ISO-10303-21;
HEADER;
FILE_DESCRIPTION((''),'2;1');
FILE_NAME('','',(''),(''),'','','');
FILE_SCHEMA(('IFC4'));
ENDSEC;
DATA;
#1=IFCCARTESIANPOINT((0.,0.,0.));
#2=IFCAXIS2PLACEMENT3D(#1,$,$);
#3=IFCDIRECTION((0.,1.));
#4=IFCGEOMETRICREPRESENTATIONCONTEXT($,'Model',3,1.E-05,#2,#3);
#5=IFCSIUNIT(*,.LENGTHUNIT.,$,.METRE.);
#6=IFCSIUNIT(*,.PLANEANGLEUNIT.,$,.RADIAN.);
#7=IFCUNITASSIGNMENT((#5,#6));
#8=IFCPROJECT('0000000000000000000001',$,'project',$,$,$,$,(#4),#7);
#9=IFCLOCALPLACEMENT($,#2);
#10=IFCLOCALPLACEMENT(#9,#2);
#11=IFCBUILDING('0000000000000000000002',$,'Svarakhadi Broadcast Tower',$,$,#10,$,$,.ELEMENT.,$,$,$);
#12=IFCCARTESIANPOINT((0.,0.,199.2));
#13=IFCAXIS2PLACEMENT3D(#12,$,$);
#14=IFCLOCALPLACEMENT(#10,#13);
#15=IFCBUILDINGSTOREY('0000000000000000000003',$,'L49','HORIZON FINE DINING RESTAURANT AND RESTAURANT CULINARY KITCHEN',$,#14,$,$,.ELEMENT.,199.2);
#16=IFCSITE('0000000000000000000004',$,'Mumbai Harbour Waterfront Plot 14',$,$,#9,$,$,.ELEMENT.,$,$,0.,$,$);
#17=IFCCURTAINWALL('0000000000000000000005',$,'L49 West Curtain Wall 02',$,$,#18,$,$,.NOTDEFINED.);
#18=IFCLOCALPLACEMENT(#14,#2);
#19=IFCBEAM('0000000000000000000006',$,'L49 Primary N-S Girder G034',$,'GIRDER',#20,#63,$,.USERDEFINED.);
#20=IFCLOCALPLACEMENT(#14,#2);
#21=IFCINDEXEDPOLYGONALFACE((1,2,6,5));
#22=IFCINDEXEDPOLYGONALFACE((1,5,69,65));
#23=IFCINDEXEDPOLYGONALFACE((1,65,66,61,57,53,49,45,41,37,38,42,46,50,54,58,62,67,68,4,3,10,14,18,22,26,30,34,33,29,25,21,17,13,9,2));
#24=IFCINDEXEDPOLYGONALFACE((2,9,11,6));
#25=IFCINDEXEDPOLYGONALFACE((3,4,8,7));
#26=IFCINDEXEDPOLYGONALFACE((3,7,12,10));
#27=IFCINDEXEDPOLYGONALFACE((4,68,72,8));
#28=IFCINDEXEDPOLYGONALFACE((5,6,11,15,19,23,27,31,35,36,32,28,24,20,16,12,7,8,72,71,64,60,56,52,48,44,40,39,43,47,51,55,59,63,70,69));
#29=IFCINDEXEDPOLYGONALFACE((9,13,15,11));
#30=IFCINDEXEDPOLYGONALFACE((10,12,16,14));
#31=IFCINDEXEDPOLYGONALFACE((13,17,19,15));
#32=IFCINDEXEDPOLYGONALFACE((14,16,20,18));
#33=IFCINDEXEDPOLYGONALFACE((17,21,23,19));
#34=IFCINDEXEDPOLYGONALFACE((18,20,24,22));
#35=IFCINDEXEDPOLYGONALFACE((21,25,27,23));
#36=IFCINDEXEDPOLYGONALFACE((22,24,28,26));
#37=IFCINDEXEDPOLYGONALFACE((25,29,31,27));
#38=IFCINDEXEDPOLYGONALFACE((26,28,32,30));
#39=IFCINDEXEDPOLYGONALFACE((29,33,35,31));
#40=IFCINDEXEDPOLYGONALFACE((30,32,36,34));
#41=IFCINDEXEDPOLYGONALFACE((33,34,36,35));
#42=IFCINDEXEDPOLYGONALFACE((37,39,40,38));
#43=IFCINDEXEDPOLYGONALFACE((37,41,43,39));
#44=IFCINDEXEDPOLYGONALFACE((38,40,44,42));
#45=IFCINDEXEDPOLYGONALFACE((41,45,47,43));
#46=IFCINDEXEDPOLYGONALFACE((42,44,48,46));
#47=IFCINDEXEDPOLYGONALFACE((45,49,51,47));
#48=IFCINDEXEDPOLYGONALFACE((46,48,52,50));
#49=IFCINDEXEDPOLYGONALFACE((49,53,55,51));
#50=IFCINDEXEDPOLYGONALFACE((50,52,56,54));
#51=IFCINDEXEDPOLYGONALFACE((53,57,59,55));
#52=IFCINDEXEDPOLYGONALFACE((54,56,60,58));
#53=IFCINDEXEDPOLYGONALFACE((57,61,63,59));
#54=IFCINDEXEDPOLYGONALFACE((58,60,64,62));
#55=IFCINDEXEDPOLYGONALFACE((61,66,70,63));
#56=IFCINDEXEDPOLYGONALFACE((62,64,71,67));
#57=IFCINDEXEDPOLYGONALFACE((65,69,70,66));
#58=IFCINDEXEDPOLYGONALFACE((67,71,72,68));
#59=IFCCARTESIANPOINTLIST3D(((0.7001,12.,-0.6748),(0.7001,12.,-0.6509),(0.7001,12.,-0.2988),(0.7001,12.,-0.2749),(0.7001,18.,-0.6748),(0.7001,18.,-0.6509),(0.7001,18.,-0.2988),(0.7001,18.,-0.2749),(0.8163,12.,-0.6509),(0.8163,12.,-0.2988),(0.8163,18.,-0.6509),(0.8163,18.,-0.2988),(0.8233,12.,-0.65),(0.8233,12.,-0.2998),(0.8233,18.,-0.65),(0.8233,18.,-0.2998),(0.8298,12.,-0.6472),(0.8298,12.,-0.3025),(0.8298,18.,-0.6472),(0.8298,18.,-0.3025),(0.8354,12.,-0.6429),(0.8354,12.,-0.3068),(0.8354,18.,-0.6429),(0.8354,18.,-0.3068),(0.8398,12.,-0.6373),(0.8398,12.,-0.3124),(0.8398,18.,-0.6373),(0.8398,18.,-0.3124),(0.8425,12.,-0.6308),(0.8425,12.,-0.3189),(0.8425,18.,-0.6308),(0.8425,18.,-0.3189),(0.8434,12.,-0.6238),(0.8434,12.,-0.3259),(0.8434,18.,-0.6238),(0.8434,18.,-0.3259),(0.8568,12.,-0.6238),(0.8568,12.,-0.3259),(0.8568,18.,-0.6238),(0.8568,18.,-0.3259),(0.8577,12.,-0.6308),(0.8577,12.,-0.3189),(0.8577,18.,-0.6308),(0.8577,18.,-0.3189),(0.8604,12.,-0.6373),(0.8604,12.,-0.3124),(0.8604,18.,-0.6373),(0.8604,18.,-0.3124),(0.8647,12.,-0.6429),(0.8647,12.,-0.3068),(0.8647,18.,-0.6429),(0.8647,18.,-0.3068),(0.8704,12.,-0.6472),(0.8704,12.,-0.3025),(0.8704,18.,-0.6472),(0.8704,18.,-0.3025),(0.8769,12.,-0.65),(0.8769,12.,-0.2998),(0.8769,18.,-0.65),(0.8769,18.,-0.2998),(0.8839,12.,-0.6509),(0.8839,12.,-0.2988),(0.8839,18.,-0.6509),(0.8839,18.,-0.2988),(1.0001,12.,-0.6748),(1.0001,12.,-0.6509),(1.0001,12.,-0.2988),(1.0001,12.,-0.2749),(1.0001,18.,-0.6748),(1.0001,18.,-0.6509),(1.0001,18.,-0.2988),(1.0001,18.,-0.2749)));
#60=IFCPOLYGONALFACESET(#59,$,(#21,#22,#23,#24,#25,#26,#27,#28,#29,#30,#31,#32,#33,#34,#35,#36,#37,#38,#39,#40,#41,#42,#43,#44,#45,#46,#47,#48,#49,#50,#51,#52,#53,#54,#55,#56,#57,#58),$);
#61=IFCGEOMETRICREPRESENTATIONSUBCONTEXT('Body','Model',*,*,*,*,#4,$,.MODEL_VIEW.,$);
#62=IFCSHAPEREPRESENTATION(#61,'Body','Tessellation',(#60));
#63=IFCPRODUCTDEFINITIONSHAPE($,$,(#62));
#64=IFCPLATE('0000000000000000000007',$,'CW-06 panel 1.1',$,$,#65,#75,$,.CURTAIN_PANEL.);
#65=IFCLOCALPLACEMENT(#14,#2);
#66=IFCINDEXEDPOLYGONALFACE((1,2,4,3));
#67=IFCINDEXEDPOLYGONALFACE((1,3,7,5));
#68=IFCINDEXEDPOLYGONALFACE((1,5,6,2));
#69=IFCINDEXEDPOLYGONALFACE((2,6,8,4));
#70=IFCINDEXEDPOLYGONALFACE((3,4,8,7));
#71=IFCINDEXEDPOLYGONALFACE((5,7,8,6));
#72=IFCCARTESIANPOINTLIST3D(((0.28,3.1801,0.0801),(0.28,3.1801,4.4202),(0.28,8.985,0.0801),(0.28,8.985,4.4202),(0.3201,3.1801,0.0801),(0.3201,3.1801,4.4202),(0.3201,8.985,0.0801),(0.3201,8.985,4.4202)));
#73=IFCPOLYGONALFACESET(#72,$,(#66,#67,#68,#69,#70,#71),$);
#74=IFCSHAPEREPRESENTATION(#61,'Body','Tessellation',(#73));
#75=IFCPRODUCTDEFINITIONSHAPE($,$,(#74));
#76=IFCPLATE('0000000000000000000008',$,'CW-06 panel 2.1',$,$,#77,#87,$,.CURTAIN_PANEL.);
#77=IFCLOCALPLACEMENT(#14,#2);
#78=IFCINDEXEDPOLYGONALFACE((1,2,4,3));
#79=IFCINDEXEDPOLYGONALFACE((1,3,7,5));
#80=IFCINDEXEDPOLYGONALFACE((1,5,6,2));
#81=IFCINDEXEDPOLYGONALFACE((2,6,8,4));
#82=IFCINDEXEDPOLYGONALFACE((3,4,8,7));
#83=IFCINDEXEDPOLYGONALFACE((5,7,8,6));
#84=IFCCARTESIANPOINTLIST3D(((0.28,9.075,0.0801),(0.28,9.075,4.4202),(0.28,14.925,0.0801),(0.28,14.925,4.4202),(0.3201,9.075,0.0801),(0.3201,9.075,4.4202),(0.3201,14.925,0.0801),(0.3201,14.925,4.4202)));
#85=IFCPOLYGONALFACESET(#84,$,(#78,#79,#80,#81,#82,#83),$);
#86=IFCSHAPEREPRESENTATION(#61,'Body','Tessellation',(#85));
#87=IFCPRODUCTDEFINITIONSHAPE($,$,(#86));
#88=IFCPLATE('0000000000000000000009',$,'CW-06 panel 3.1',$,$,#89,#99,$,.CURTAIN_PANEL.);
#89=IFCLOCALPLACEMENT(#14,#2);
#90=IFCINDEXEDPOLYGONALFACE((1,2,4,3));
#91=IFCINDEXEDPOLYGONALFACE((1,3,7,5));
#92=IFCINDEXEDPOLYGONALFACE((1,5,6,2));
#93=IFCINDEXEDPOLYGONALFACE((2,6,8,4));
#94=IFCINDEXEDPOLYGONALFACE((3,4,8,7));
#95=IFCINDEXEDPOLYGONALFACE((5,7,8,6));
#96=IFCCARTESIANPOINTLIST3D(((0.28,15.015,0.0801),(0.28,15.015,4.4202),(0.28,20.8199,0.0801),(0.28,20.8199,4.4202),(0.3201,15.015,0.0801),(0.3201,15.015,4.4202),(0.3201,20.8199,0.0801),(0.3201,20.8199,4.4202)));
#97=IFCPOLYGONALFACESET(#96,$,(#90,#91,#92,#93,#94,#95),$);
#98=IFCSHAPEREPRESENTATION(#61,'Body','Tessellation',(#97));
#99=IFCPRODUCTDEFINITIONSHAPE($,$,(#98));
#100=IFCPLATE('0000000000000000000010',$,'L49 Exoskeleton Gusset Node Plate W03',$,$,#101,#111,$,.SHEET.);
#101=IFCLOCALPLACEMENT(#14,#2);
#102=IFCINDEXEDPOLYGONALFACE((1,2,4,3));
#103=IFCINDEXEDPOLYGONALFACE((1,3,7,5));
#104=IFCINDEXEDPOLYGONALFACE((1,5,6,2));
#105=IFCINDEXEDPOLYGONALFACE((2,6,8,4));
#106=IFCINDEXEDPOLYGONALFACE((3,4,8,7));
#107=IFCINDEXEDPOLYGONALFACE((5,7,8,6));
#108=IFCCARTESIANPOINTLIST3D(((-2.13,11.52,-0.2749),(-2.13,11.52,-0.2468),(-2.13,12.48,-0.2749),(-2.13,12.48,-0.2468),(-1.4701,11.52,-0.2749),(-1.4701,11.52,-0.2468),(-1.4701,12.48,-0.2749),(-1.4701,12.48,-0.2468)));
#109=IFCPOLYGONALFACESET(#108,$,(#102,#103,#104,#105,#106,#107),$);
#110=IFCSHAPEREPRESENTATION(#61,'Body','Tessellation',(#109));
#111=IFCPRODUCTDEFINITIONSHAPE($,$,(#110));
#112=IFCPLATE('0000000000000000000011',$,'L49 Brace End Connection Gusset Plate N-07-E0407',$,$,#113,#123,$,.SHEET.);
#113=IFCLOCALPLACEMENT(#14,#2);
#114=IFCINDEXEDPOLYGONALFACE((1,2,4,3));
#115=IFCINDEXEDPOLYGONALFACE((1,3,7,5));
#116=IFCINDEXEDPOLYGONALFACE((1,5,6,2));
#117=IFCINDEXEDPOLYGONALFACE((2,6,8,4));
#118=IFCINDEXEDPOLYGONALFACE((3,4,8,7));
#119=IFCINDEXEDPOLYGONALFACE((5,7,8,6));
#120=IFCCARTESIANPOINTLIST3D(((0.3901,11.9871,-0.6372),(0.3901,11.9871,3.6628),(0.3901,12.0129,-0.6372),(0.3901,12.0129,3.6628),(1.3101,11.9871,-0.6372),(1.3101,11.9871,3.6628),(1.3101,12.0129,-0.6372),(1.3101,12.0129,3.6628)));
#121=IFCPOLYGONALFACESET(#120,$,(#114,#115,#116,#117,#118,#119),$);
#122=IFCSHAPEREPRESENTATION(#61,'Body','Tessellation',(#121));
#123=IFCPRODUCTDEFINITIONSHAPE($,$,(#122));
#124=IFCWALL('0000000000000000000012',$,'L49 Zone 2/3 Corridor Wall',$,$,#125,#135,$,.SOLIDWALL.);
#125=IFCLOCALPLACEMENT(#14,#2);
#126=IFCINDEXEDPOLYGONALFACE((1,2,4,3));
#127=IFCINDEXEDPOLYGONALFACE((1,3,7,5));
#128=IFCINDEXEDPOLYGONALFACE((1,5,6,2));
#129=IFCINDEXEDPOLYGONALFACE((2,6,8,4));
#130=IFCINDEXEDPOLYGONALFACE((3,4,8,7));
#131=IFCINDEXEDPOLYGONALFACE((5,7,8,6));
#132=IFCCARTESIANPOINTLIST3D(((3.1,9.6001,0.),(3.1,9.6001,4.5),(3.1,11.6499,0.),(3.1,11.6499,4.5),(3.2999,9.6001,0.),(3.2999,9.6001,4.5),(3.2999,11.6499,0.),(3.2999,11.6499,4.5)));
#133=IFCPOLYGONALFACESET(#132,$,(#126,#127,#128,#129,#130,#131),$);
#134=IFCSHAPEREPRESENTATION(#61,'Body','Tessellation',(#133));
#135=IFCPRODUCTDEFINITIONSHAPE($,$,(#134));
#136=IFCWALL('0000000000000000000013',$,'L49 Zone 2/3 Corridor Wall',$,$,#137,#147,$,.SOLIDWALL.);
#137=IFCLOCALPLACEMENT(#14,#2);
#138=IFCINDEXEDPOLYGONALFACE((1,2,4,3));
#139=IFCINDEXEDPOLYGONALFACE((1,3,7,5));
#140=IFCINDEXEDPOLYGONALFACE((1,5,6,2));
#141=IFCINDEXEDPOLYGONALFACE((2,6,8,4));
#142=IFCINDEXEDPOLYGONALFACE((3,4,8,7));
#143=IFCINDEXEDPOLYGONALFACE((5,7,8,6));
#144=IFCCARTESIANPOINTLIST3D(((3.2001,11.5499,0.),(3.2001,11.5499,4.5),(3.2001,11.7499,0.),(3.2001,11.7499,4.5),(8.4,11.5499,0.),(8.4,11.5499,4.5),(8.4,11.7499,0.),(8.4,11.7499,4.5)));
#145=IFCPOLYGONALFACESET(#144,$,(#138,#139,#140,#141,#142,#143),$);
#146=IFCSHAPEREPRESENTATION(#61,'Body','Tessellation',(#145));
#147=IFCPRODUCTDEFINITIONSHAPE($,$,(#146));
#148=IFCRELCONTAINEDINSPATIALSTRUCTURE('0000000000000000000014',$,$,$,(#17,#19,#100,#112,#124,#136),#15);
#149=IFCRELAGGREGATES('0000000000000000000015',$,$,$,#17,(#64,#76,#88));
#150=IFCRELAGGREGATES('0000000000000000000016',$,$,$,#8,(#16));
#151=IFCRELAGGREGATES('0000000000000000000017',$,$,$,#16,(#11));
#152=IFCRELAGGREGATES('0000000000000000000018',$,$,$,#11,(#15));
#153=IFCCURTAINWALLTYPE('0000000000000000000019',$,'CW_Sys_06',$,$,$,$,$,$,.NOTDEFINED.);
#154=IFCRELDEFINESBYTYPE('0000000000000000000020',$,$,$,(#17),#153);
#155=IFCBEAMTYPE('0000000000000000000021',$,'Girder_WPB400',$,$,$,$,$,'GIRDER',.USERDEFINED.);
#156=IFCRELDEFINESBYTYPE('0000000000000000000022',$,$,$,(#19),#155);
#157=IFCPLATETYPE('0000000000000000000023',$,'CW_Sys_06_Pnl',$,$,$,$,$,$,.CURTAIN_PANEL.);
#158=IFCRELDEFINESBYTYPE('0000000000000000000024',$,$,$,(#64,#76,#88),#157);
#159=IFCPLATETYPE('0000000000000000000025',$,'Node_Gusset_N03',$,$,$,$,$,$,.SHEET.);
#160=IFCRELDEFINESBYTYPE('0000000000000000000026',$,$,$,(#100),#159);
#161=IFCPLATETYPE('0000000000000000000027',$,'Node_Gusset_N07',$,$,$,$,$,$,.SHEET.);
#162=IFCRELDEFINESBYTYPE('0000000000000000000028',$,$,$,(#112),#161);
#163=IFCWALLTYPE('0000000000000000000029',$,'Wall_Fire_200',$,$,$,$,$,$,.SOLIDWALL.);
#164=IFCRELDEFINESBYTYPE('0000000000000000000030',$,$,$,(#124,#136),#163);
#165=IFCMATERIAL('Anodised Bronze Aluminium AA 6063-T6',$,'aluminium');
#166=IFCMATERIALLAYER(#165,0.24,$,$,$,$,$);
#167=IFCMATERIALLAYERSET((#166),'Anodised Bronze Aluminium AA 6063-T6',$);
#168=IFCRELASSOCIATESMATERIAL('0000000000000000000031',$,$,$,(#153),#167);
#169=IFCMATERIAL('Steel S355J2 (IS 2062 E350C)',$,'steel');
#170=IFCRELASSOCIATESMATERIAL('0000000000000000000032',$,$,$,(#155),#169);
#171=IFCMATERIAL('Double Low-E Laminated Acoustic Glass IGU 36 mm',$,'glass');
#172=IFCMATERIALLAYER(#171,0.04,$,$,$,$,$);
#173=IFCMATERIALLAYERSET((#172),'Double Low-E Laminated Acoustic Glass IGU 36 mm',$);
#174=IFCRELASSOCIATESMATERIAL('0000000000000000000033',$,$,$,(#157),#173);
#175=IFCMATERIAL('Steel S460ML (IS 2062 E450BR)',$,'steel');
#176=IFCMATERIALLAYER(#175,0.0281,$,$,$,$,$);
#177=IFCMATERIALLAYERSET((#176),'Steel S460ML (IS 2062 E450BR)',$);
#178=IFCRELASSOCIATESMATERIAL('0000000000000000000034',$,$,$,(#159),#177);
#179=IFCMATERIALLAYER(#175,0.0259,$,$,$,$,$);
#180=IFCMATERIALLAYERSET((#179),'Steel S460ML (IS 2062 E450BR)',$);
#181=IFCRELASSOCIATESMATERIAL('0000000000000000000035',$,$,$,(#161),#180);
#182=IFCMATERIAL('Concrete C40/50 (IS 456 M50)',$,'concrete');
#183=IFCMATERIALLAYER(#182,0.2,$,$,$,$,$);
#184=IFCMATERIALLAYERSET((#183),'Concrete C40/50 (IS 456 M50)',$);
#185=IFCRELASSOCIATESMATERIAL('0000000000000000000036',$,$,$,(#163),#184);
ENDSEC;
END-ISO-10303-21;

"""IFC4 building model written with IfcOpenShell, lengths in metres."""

from ifc_helpers import new_model, si_unit, direction, frame, frame_2d, origin, origin_2d, place, context, subcontext, project, spatial, rectangle, i_section, extrude, material, layer, layer_set, material_profile, profile_set, type_object, element, aggregate, save


model = new_model("IFC4")

# Units and contexts
model_context = context("Model", 3, precision=1e-05, world=origin(), true_north=direction((0.0, 1.0)))
body_context = subcontext(model_context, "Body", "Model", "MODEL_VIEW")
ifc_project = project(units=[si_unit("LENGTHUNIT", "METRE"), si_unit("PLANEANGLEUNIT", "RADIAN")], contexts=[model_context])

# Site, building, storey
site_placement = place(None, origin())
site = spatial("IfcSite", under=ifc_project, at=site_placement, Name="Mumbai Harbour Waterfront Plot 14", CompositionType="ELEMENT", RefElevation=0.0)
building_placement = place(site_placement, origin())
building = spatial("IfcBuilding", under=site, at=building_placement, Name="Svarakhadi Broadcast Tower", CompositionType="ELEMENT")
storey_placement = place(building_placement, frame((0.0, 0.0, 199.2)))
storey = spatial("IfcBuildingStorey", under=building, at=storey_placement, Name="L49", Description="HORIZON FINE DINING RESTAURANT AND RESTAURANT CULINARY KITCHEN", CompositionType="ELEMENT", Elevation=199.2)

# Shared definitions
ifc_material_1 = material(Name="Steel S460ML (IS 2062 E450BR)", Category="steel")

# Shared definitions
ifc_material_2 = material(Name="Steel S355J2 (IS 2062 E350C)", Category="steel")

# Curtain wall
ifc_material_3 = material(Name="Anodised Bronze Aluminium AA 6063-T6", Category="aluminium")
ifc_layer_1 = layer(ifc_material_3, 0.24)
ifc_layer_set_1 = layer_set([ifc_layer_1], Name="Anodised Bronze Aluminium AA 6063-T6")
curtain_wall_type = type_object("IfcCurtainWallType", Name="CW_Sys_06", PredefinedType="NOTDEFINED", material=ifc_layer_set_1)
curtain_wall_placement = place(storey_placement, origin())
curtain_wall = element("IfcCurtainWall", 1, at=curtain_wall_placement, inside=storey, type_object=curtain_wall_type, Name="L49 West Curtain Wall 02", PredefinedType="NOTDEFINED")

# Beam
ifc_material_profile_1 = material_profile(ifc_material_2, i_section(OverallWidth=0.3, OverallDepth=0.3999, WebThickness=0.0134, FlangeThickness=0.0239, FilletRadius=0.0271, at=origin_2d()), Name="WPB 400x300x155")
ifc_profile_set_1 = profile_set([ifc_material_profile_1], Name="Steel S355J2 (IS 2062 E350C)")
beam_type_1 = type_object("IfcBeamType", Name="Girder_WPB400", ElementType="GIRDER", PredefinedType="USERDEFINED", material=ifc_profile_set_1)
for number, where, z_axis, x_axis, name in (
    (2, (0.8501, 12.0, -0.4749), (0.0, 1.0, 0.0), (-1.0, 0.0, 0.0), "L49 Primary N-S Girder G034"),
):
    element("IfcBeam", number, at=place(storey_placement, frame(where, z_axis=z_axis, x_axis=x_axis)), inside=storey, type_object=beam_type_1, Name=name, ObjectType="GIRDER", PredefinedType="USERDEFINED", context=body_context, shape_type="SweptSolid", body=[
        extrude(i_section(OverallWidth=0.3, OverallDepth=0.3999, WebThickness=0.0134, FlangeThickness=0.0239, FilletRadius=0.0271, at=origin_2d()), origin(), (0.0, 0.0, 1.0), 6.0),
    ])

# Plates
ifc_material_4 = material(Name="Double Low-E Laminated Acoustic Glass IGU 36 mm", Category="glass")
ifc_layer_2 = layer(ifc_material_4, 0.04)
ifc_layer_set_2 = layer_set([ifc_layer_2], Name="Double Low-E Laminated Acoustic Glass IGU 36 mm")
plate_type_1 = type_object("IfcPlateType", Name="CW_Sys_06_Pnl", PredefinedType="CURTAIN_PANEL", material=ifc_layer_set_2)
plate_1_placement = place(storey_placement, frame((0.3, 6.0825, 0.0801), z_axis=(0.0, 0.0, 1.0), x_axis=(0.0, 1.0, 0.0)))
plate_1 = element("IfcPlate", 3, at=plate_1_placement, type_object=plate_type_1, Name="CW-06 panel 1.1", PredefinedType="CURTAIN_PANEL", context=body_context, shape_type="SweptSolid", body=[
    extrude(rectangle(XDim=5.8049, YDim=0.04, at=origin_2d()), origin(), (0.0, 0.0, 1.0), 4.3401),
])
plate_2_placement = place(storey_placement, frame((0.3, 12.0, 0.0801), z_axis=(0.0, 0.0, 1.0), x_axis=(0.0, 1.0, 0.0)))
plate_2 = element("IfcPlate", 4, at=plate_2_placement, type_object=plate_type_1, Name="CW-06 panel 2.1", PredefinedType="CURTAIN_PANEL", context=body_context, shape_type="SweptSolid", body=[
    extrude(rectangle(XDim=5.8501, YDim=0.04, at=origin_2d()), origin(), (0.0, 0.0, 1.0), 4.3401),
])
plate_3_placement = place(storey_placement, frame((0.3, 17.9175, 0.0801), z_axis=(0.0, 0.0, 1.0), x_axis=(0.0, 1.0, 0.0)))
plate_3 = element("IfcPlate", 5, at=plate_3_placement, type_object=plate_type_1, Name="CW-06 panel 3.1", PredefinedType="CURTAIN_PANEL", context=body_context, shape_type="SweptSolid", body=[
    extrude(rectangle(XDim=5.8049, YDim=0.04, at=origin_2d()), origin(), (0.0, 0.0, 1.0), 4.3401),
])
aggregate(curtain_wall, [plate_1, plate_2, plate_3])

# Plates
ifc_layer_3 = layer(ifc_material_1, 0.0281)
ifc_layer_set_3 = layer_set([ifc_layer_3], Name="Steel S460ML (IS 2062 E450BR)")
plate_type_2 = type_object("IfcPlateType", Name="Node_Gusset_N03", PredefinedType="SHEET", material=ifc_layer_set_3)
plate_4_placement = place(storey_placement, frame((-1.8, 12.0, -0.2749), z_axis=(0.0, 0.0, 1.0), x_axis=(0.0, 1.0, 0.0)))
element("IfcPlate", 6, at=plate_4_placement, inside=storey, type_object=plate_type_2, Name="L49 Exoskeleton Gusset Node Plate W03", PredefinedType="SHEET", context=body_context, shape_type="SweptSolid", body=[
    extrude(rectangle(XDim=0.96, YDim=0.6599, at=origin_2d()), origin(), (0.0, 0.0, 1.0), 0.0281),
])
ifc_layer_4 = layer(ifc_material_1, 0.0259)
ifc_layer_set_4 = layer_set([ifc_layer_4], Name="Steel S460ML (IS 2062 E450BR)")
plate_type_3 = type_object("IfcPlateType", Name="Node_Gusset_N07", PredefinedType="SHEET", material=ifc_layer_set_4)
plate_5_placement = place(storey_placement, frame((0.8501, 12.0, -0.6372), z_axis=(0.0, 0.0, 1.0), x_axis=(1.0, 0.0, 0.0)))
element("IfcPlate", 7, at=plate_5_placement, inside=storey, type_object=plate_type_3, Name="L49 Brace End Connection Gusset Plate N-07-E0407", PredefinedType="SHEET", context=body_context, shape_type="SweptSolid", body=[
    extrude(rectangle(XDim=0.9199, YDim=0.0259, at=origin_2d()), origin(), (0.0, 0.0, 1.0), 4.3),
])

# Walls
ifc_material_5 = material(Name="Concrete C40/50 (IS 456 M50)", Category="concrete")
ifc_layer_5 = layer(ifc_material_5, 0.2)
ifc_layer_set_5 = layer_set([ifc_layer_5], Name="Concrete C40/50 (IS 456 M50)")
wall_type = type_object("IfcWallType", Name="Wall_Fire_200", PredefinedType="SOLIDWALL", material=ifc_layer_set_5)
wall_1_placement = place(storey_placement, frame((3.2, 9.6001, 0.0), z_axis=(0.0, 0.0, 1.0), x_axis=(0.0, 1.0, 0.0)))
element("IfcWall", 8, at=wall_1_placement, inside=storey, type_object=wall_type, Name="L49 Zone 2/3 Corridor Wall", PredefinedType="SOLIDWALL", context=body_context, shape_type="SweptSolid", body=[
    extrude(rectangle(XDim=2.0498, YDim=0.2, at=frame_2d((1.0249, 0.0))), origin(), (0.0, 0.0, 1.0), 4.5),
])
wall_2_placement = place(storey_placement, frame((3.2, 11.6499, 0.0), z_axis=(0.0, 0.0, 1.0), x_axis=(1.0, 0.0, 0.0)))
element("IfcWall", 9, at=wall_2_placement, inside=storey, type_object=wall_type, Name="L49 Zone 2/3 Corridor Wall", PredefinedType="SOLIDWALL", context=body_context, shape_type="SweptSolid", body=[
    extrude(rectangle(XDim=5.2, YDim=0.2, at=frame_2d((2.6001, 0.0))), origin(), (0.0, 0.0, 1.0), 4.5),
])

save(model, "model.ifc")
